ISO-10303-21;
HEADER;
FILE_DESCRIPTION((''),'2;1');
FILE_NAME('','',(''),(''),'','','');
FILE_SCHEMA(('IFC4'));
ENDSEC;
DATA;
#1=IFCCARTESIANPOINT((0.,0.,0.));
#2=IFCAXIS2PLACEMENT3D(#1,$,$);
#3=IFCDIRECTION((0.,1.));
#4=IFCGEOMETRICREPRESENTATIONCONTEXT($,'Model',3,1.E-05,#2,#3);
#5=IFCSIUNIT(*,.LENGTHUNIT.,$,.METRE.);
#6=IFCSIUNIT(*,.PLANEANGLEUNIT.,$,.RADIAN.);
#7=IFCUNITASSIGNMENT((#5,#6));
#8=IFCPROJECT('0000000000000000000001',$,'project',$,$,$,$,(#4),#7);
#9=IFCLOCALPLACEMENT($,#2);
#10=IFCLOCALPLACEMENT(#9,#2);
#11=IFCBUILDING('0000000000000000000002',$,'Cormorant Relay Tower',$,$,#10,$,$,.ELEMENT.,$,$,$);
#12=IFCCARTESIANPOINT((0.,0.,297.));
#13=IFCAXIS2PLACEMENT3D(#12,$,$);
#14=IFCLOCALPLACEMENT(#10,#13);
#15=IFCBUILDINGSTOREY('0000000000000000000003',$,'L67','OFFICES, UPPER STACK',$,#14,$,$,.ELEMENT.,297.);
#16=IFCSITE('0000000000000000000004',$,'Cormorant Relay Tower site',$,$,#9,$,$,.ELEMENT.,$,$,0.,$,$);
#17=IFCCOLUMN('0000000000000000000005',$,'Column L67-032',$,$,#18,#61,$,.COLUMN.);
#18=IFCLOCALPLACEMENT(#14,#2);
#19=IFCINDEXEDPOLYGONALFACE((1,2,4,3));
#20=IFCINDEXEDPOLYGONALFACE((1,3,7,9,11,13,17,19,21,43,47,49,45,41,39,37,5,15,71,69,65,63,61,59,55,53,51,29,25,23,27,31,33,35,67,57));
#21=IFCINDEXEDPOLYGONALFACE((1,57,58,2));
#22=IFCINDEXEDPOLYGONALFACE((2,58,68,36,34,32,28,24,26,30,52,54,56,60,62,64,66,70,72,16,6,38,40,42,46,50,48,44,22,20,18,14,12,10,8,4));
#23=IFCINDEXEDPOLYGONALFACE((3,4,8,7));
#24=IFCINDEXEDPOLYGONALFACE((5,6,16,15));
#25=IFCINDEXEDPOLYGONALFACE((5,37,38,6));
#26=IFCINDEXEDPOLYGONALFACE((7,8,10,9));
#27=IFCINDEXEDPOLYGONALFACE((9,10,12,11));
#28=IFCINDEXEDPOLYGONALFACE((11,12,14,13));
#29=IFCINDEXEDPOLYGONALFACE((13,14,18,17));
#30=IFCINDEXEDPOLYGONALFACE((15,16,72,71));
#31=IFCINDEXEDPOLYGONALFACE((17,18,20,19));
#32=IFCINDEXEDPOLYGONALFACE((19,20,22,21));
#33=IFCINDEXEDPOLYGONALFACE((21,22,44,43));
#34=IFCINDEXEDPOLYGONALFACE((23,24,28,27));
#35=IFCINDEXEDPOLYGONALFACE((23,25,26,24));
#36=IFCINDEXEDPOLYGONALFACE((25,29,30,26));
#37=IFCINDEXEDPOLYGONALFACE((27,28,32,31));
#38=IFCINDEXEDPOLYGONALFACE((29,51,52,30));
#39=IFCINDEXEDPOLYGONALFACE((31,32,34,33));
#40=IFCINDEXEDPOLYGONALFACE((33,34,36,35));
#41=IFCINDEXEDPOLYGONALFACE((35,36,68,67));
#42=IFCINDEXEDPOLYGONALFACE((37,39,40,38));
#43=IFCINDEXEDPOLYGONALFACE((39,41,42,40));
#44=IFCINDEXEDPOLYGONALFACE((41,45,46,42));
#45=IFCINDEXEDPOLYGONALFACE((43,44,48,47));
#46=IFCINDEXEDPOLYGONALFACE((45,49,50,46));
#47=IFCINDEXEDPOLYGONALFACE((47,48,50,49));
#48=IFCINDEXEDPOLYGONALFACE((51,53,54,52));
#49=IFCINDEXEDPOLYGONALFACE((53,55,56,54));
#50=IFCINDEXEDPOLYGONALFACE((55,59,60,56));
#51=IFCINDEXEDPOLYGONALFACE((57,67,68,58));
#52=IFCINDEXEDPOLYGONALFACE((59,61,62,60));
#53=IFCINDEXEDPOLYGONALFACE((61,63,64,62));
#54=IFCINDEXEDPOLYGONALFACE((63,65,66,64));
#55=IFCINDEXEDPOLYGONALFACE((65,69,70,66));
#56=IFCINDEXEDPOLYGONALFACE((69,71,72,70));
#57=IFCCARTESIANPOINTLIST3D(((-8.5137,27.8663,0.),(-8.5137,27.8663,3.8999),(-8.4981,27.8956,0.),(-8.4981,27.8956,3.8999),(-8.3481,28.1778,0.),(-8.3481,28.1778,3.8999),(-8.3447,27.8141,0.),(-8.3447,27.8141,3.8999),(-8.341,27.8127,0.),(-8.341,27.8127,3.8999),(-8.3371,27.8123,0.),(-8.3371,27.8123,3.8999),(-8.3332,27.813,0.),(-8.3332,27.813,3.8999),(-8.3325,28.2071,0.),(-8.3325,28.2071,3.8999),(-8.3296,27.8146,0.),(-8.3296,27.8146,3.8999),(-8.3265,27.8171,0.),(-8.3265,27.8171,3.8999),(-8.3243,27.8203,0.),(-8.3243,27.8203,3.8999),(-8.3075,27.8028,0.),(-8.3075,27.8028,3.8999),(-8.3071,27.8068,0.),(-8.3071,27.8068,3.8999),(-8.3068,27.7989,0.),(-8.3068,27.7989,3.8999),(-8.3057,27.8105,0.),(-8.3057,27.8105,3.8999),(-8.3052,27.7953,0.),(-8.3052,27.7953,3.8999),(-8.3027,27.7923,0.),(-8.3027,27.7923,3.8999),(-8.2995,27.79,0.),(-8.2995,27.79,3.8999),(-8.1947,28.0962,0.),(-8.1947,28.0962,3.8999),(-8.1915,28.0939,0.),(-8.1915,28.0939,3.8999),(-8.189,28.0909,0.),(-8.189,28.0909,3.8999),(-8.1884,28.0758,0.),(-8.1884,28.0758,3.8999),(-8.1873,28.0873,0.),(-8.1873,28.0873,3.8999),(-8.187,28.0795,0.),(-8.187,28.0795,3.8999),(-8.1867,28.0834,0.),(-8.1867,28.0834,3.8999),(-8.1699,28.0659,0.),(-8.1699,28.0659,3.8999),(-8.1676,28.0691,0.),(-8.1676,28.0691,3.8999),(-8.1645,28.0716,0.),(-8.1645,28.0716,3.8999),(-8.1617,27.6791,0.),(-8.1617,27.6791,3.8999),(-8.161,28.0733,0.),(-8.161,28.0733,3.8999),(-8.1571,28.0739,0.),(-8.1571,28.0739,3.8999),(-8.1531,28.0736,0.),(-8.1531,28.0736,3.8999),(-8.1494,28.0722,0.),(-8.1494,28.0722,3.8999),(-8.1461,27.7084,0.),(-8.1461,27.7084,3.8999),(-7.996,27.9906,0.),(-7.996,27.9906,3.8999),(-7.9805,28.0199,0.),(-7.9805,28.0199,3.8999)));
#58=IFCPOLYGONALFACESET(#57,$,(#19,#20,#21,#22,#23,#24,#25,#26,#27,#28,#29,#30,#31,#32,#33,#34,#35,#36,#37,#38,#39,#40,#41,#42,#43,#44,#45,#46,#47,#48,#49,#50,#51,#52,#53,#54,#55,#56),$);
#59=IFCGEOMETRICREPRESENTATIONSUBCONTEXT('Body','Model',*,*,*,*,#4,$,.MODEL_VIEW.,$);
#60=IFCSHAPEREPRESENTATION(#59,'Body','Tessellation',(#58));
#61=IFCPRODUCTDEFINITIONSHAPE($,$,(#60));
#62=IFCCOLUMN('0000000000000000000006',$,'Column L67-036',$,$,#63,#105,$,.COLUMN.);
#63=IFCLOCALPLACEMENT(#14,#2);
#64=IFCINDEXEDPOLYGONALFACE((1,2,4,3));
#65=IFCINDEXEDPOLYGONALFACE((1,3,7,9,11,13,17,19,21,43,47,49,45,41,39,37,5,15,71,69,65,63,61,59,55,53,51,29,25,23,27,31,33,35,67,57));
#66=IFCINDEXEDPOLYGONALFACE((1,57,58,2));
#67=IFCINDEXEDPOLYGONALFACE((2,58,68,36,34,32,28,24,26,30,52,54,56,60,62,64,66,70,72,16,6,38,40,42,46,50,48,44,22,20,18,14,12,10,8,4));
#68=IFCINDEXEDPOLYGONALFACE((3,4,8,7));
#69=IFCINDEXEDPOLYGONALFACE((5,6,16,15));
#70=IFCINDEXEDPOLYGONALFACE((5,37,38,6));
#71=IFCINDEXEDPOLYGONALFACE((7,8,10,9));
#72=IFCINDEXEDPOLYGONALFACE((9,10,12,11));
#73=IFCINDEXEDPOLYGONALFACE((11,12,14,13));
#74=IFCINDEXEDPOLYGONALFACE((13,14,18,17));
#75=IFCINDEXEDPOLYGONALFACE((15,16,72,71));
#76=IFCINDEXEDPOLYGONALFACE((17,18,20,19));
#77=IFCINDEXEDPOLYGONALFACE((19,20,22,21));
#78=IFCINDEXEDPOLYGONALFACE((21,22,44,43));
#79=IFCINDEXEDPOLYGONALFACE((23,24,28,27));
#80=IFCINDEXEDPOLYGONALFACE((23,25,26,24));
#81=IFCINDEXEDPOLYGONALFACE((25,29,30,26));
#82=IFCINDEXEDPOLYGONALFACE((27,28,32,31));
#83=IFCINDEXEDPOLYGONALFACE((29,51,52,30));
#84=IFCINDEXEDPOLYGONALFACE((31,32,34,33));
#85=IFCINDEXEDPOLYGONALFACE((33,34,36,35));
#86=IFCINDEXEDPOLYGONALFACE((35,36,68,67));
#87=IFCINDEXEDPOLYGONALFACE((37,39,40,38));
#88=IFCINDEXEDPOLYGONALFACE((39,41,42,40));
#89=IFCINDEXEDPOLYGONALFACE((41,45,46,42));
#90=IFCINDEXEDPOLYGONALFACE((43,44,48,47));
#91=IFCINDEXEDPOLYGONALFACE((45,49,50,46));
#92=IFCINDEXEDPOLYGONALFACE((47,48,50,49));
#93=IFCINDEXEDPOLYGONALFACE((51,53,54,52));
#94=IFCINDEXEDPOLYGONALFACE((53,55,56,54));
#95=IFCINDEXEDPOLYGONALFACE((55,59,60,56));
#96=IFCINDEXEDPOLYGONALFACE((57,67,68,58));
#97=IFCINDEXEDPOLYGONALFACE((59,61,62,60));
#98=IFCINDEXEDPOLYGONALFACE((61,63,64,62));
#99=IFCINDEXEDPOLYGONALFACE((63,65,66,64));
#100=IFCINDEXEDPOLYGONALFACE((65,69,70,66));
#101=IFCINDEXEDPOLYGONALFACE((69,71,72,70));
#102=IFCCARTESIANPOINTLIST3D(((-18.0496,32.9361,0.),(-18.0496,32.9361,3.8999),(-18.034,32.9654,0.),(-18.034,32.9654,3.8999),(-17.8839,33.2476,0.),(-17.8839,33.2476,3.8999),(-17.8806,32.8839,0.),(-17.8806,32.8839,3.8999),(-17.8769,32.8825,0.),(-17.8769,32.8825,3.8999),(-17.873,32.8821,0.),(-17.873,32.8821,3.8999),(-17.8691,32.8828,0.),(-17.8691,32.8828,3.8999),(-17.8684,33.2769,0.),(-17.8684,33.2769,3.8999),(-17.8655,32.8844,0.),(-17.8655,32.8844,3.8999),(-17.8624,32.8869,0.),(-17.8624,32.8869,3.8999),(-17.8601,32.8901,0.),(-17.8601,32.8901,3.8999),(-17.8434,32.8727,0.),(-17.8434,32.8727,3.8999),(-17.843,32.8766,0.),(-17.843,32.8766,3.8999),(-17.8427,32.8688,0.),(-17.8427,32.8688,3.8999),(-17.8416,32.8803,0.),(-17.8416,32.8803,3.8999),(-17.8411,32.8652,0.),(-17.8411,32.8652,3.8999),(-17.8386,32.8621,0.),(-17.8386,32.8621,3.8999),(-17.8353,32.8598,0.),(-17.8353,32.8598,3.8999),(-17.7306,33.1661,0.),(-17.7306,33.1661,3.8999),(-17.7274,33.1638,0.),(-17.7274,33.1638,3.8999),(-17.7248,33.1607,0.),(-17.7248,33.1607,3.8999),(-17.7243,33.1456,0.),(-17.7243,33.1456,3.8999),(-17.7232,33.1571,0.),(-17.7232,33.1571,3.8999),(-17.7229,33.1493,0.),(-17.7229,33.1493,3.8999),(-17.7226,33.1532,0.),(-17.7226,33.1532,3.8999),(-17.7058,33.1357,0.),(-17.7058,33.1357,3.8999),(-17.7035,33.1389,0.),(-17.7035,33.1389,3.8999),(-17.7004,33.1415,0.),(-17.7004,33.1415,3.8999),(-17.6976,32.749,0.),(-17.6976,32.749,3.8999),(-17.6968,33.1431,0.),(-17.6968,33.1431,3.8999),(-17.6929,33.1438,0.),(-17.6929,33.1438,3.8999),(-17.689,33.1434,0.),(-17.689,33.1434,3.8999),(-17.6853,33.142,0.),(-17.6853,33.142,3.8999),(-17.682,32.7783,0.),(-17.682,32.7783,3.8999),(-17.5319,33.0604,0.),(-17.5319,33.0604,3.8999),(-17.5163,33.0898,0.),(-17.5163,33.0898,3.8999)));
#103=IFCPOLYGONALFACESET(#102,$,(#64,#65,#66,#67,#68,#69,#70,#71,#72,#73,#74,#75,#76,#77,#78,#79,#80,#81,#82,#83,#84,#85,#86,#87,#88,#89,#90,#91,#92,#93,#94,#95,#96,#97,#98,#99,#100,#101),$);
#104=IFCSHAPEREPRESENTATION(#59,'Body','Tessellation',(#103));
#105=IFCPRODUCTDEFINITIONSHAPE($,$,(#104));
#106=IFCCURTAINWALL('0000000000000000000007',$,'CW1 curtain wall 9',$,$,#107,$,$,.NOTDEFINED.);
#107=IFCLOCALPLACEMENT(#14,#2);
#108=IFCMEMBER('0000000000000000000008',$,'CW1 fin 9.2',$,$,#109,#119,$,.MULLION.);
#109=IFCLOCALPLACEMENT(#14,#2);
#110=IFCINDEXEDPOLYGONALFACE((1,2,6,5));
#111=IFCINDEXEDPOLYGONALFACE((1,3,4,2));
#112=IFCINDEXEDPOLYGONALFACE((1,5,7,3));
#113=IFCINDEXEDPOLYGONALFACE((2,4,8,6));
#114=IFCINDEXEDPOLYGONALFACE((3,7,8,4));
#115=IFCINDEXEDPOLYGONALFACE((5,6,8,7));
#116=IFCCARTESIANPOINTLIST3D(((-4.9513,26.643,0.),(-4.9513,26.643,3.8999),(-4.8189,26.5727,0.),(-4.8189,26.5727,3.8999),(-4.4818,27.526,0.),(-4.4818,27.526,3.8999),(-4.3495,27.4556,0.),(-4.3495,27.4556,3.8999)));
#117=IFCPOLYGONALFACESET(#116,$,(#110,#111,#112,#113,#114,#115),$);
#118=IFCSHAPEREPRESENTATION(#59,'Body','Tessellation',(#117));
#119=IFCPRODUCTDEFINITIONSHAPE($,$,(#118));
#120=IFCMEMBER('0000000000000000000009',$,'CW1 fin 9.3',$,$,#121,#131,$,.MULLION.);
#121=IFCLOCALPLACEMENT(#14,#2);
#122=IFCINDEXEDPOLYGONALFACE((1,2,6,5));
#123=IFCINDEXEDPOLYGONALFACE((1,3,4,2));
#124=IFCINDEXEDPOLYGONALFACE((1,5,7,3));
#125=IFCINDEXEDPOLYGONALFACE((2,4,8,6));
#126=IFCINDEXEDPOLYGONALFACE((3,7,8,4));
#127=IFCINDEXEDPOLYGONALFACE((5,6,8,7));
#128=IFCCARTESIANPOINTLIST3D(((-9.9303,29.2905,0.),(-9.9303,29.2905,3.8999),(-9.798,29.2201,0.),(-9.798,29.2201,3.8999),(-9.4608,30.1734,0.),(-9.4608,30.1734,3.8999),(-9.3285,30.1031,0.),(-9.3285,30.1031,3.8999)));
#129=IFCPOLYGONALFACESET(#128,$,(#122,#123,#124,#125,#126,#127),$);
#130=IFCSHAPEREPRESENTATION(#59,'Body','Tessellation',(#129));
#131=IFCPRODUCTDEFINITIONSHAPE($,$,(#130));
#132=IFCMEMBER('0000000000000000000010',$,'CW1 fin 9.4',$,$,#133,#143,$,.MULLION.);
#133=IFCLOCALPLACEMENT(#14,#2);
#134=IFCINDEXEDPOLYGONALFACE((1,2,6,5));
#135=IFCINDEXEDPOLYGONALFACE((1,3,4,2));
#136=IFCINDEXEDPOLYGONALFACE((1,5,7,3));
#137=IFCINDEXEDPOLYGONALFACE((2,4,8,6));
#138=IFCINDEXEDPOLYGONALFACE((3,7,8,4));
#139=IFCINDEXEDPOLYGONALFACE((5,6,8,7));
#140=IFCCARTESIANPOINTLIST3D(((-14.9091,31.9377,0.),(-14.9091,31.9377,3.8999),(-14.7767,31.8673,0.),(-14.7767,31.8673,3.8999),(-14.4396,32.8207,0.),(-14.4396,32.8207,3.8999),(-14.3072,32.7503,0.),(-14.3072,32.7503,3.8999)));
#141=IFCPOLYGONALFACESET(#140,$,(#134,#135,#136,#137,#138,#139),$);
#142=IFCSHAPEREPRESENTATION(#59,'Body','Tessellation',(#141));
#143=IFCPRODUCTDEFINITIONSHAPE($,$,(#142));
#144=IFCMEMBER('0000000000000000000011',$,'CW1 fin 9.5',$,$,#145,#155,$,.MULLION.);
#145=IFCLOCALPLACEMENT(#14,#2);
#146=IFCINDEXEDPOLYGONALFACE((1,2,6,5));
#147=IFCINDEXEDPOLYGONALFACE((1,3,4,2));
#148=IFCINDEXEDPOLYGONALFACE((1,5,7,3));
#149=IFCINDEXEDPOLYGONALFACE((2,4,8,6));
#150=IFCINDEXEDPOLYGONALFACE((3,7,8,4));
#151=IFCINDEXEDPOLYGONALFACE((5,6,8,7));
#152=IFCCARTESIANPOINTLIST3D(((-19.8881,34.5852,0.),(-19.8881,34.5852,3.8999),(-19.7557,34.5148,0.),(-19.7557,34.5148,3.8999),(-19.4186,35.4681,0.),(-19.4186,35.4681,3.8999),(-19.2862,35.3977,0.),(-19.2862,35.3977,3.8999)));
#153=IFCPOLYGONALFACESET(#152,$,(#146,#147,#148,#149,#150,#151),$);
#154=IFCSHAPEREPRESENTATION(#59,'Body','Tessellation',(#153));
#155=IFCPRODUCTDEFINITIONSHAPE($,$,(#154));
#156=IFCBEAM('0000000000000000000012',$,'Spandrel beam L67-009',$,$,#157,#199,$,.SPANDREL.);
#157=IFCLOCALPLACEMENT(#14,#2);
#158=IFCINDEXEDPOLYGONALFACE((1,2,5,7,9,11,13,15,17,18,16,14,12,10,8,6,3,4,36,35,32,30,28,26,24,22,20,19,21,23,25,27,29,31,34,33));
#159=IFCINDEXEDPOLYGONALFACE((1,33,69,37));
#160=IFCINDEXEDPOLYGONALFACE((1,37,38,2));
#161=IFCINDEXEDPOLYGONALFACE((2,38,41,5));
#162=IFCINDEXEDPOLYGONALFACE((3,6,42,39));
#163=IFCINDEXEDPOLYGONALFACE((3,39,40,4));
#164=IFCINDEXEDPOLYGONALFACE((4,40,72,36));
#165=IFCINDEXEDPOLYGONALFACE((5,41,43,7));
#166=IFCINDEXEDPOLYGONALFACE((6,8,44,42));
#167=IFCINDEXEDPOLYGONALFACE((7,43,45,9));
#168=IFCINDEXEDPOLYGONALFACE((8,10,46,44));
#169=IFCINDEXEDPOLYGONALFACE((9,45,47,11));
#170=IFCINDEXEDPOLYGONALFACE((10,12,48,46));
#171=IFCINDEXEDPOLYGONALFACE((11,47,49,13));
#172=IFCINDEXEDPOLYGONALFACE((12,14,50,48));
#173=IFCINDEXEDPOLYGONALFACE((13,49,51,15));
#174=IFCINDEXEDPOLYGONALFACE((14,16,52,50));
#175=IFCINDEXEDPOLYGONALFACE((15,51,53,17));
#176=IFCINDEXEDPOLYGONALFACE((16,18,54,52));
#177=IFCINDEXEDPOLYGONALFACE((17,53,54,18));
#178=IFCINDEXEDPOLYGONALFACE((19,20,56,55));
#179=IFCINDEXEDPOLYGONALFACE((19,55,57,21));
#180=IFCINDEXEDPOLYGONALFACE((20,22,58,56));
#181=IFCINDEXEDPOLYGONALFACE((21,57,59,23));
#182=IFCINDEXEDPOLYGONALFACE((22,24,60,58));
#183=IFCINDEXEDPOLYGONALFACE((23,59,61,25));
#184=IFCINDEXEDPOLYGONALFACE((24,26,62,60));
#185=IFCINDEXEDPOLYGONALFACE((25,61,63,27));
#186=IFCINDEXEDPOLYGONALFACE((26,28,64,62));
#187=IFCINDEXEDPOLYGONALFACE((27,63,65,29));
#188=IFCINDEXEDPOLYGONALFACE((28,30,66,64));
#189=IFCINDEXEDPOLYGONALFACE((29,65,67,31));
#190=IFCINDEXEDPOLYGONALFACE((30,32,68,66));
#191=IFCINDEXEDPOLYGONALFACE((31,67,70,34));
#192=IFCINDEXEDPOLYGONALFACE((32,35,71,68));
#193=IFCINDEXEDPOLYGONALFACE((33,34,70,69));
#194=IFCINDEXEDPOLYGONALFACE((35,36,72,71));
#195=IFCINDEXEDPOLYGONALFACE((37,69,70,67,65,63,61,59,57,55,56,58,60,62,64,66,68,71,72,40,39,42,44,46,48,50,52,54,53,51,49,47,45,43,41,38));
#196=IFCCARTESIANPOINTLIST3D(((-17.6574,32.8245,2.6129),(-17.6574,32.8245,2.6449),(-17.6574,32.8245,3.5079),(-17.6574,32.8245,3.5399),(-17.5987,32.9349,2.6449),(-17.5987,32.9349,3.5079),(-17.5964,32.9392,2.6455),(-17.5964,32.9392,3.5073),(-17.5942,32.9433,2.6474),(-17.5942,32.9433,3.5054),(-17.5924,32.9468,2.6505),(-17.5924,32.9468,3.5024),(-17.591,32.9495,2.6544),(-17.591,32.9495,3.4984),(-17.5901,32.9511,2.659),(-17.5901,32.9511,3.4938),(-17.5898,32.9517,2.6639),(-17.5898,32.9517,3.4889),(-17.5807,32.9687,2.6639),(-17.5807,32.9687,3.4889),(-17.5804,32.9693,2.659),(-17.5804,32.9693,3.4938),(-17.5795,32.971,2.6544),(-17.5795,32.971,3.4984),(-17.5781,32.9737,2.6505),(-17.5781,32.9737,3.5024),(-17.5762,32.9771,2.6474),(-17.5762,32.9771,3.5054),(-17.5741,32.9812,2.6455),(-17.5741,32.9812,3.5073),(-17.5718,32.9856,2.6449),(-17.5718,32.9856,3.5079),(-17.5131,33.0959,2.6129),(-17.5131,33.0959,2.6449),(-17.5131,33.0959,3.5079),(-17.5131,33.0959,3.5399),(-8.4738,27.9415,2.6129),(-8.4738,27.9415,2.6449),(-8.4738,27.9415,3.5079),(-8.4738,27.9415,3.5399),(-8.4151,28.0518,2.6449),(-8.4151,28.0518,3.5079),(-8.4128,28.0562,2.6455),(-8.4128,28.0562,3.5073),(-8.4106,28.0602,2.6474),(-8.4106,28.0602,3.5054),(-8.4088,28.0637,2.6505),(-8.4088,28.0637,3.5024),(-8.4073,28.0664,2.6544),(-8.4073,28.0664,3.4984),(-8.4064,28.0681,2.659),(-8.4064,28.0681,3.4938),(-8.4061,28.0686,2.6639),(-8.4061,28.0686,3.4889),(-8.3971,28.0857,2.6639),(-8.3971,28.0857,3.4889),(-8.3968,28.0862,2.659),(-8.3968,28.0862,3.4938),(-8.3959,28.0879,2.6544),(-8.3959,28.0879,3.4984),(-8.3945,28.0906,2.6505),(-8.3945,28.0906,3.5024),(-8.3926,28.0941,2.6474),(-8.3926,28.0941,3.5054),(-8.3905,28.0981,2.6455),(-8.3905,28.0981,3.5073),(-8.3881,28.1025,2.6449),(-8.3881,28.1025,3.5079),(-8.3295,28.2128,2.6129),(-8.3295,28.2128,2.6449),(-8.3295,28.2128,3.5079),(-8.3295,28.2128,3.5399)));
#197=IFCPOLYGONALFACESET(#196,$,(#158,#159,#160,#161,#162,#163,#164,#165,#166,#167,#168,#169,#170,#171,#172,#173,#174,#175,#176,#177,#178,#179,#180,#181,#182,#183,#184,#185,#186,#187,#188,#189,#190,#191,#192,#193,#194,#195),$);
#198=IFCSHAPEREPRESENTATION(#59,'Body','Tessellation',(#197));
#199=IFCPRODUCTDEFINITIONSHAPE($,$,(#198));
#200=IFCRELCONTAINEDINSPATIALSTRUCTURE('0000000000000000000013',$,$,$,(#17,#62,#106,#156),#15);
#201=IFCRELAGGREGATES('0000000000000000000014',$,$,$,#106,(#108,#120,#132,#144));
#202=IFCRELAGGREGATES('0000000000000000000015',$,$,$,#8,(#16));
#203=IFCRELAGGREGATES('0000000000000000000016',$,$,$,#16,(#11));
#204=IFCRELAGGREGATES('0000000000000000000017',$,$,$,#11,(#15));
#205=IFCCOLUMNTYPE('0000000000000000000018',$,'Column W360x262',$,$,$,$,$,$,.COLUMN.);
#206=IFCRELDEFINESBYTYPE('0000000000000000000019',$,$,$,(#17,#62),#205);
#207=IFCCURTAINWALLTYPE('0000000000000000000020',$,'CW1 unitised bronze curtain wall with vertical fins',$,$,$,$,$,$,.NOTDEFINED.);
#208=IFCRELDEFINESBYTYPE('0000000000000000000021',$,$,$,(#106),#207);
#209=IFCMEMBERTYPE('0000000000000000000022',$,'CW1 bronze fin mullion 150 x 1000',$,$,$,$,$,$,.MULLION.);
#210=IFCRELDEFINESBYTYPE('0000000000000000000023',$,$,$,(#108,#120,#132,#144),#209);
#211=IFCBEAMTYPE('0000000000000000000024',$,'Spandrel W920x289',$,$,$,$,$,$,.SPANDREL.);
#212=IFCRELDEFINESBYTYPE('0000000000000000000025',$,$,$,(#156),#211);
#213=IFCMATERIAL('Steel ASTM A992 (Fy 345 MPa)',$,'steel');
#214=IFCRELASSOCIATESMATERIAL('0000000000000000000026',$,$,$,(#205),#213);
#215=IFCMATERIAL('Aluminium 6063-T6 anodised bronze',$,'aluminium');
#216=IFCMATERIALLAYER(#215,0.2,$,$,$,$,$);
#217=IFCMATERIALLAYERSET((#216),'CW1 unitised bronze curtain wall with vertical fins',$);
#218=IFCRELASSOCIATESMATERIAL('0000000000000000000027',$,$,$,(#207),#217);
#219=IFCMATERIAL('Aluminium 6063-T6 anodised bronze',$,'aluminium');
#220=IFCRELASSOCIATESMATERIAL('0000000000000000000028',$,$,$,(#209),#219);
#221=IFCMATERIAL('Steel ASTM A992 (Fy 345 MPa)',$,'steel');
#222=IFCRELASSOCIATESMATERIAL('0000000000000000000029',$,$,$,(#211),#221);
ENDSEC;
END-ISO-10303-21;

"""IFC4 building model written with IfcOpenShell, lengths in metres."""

from ifc_helpers import new_model, si_unit, direction, frame, origin, origin_2d, place, context, subcontext, project, spatial, rectangle, i_section, extrude, material, layer, layer_set, material_profile, profile_set, type_object, element, aggregate, save


model = new_model("IFC4")

# Units and contexts
model_context = context("Model", 3, precision=1e-05, world=origin(), true_north=direction((0.0, 1.0)))
body_context = subcontext(model_context, "Body", "Model", "MODEL_VIEW")
ifc_project = project(units=[si_unit("LENGTHUNIT", "METRE"), si_unit("PLANEANGLEUNIT", "RADIAN")], contexts=[model_context])

# Site, building, storey
site_placement = place(None, origin())
site = spatial("IfcSite", under=ifc_project, at=site_placement, Name="Cormorant Relay Tower site", CompositionType="ELEMENT", RefElevation=0.0)
building_placement = place(site_placement, origin())
building = spatial("IfcBuilding", under=site, at=building_placement, Name="Cormorant Relay Tower", CompositionType="ELEMENT")
storey_placement = place(building_placement, frame((0.0, 0.0, 297.0)))
storey = spatial("IfcBuildingStorey", under=building, at=storey_placement, Name="L67", Description="OFFICES, UPPER STACK", CompositionType="ELEMENT", Elevation=297.0)

# Columns
ifc_material_1 = material(Name="Steel ASTM A992 (Fy 345 MPa)", Category="steel")
ifc_material_profile_1 = material_profile(ifc_material_1, i_section(OverallWidth=0.3987, OverallDepth=0.386, WebThickness=0.021, FlangeThickness=0.0332, FilletRadius=0.0151, at=origin_2d()), Name="W360x262")
ifc_profile_set_1 = profile_set([ifc_material_profile_1], Name="Steel ASTM A992 (Fy 345 MPa)")
column_type = type_object("IfcColumnType", Name="Column W360x262", PredefinedType="COLUMN", material=ifc_profile_set_1)
for number, where, z_axis, x_axis, name in (
    (1, (-8.2471, 27.9431, 0.0), (0.0, 0.0, 1.0), (-0.882948, 0.469472, 0.0), "Column L67-032"),
    (2, (-17.783, 33.0129, 0.0), (0.0, 0.0, 1.0), (-0.882948, 0.469472, 0.0), "Column L67-036"),
):
    element("IfcColumn", number, at=place(storey_placement, frame(where, z_axis=z_axis, x_axis=x_axis)), inside=storey, type_object=column_type, Name=name, PredefinedType="COLUMN", context=body_context, shape_type="SweptSolid", body=[
        extrude(i_section(OverallWidth=0.3987, OverallDepth=0.386, WebThickness=0.021, FlangeThickness=0.0332, FilletRadius=0.0151, at=origin_2d()), origin(), (0.0, 0.0, 1.0), 3.8999),
    ])

# Curtain wall, members
ifc_material_2 = material(Name="Aluminium 6063-T6 anodised bronze", Category="aluminium")
ifc_layer_1 = layer(ifc_material_2, 0.2)
ifc_layer_set_1 = layer_set([ifc_layer_1], Name="CW1 unitised bronze curtain wall with vertical fins")
curtain_wall_type = type_object("IfcCurtainWallType", Name="CW1 unitised bronze curtain wall with vertical fins", PredefinedType="NOTDEFINED", material=ifc_layer_set_1)
curtain_wall_placement = place(storey_placement, origin())
curtain_wall = element("IfcCurtainWall", 3, at=curtain_wall_placement, inside=storey, type_object=curtain_wall_type, Name="CW1 curtain wall 9", PredefinedType="NOTDEFINED")
ifc_material_3 = material(Name="Aluminium 6063-T6 anodised bronze", Category="aluminium")
ifc_material_profile_2 = material_profile(ifc_material_3, rectangle(XDim=0.1499, YDim=1.0, at=origin_2d()), Name="AL 150x1000")
ifc_profile_set_2 = profile_set([ifc_material_profile_2], Name="Aluminium 6063-T6 anodised bronze")
member_type = type_object("IfcMemberType", Name="CW1 bronze fin mullion 150 x 1000", PredefinedType="MULLION", material=ifc_profile_set_2)
member_1_placement = place(storey_placement, frame((-4.6504, 27.0493, 0.0), z_axis=(0.0, 0.0, 1.0), x_axis=(-0.882948, 0.469472, 0.0)))
member_1 = element("IfcMember", 4, at=member_1_placement, type_object=member_type, Name="CW1 fin 9.2", PredefinedType="MULLION", context=body_context, shape_type="SweptSolid", body=[
    extrude(rectangle(XDim=0.1499, YDim=1.0, at=origin_2d()), origin(), (0.0, 0.0, 1.0), 3.8999),
])
member_2_placement = place(storey_placement, frame((-9.6294, 29.6968, 0.0), z_axis=(0.0, 0.0, 1.0), x_axis=(-0.882948, 0.469472, 0.0)))
member_2 = element("IfcMember", 5, at=member_2_placement, type_object=member_type, Name="CW1 fin 9.3", PredefinedType="MULLION", context=body_context, shape_type="SweptSolid", body=[
    extrude(rectangle(XDim=0.1499, YDim=1.0, at=origin_2d()), origin(), (0.0, 0.0, 1.0), 3.8999),
])
member_3_placement = place(storey_placement, frame((-14.6082, 32.344, 0.0), z_axis=(0.0, 0.0, 1.0), x_axis=(-0.882948, 0.469472, 0.0)))
member_3 = element("IfcMember", 6, at=member_3_placement, type_object=member_type, Name="CW1 fin 9.4", PredefinedType="MULLION", context=body_context, shape_type="SweptSolid", body=[
    extrude(rectangle(XDim=0.1499, YDim=1.0, at=origin_2d()), origin(), (0.0, 0.0, 1.0), 3.8999),
])
member_4_placement = place(storey_placement, frame((-19.5872, 34.9915, 0.0), z_axis=(0.0, 0.0, 1.0), x_axis=(-0.882948, 0.469472, 0.0)))
member_4 = element("IfcMember", 7, at=member_4_placement, type_object=member_type, Name="CW1 fin 9.5", PredefinedType="MULLION", context=body_context, shape_type="SweptSolid", body=[
    extrude(rectangle(XDim=0.1499, YDim=1.0, at=origin_2d()), origin(), (0.0, 0.0, 1.0), 3.8999),
])

# Beam
ifc_material_4 = material(Name="Steel ASTM A992 (Fy 345 MPa)", Category="steel")
ifc_material_profile_3 = material_profile(ifc_material_4, i_section(OverallWidth=0.3074, OverallDepth=0.927, WebThickness=0.0193, FlangeThickness=0.032, FilletRadius=0.019, at=origin_2d()), Name="W920x289")
ifc_profile_set_3 = profile_set([ifc_material_profile_3], Name="Steel ASTM A992 (Fy 345 MPa)")
beam_type_1 = type_object("IfcBeamType", Name="Spandrel W920x289", PredefinedType="SPANDREL", material=ifc_profile_set_3)
beam_1_placement = place(storey_placement, frame((-8.4016, 28.0771, 3.0764), z_axis=(-0.882945, 0.469476, 0.0), x_axis=(-0.469476, -0.882945, 0.0)))
element("IfcBeam", 8, at=beam_1_placement, inside=storey, type_object=beam_type_1, Name="Spandrel beam L67-009", PredefinedType="SPANDREL", context=body_context, shape_type="SweptSolid", body=[
    extrude(i_section(OverallWidth=0.3074, OverallDepth=0.927, WebThickness=0.0193, FlangeThickness=0.032, FilletRadius=0.019, at=origin_2d()), origin(), (0.0, 0.0, 1.0), 10.4011),
])

aggregate(curtain_wall, [member_1, member_2, member_3, member_4])

save(model, "model.ifc")
